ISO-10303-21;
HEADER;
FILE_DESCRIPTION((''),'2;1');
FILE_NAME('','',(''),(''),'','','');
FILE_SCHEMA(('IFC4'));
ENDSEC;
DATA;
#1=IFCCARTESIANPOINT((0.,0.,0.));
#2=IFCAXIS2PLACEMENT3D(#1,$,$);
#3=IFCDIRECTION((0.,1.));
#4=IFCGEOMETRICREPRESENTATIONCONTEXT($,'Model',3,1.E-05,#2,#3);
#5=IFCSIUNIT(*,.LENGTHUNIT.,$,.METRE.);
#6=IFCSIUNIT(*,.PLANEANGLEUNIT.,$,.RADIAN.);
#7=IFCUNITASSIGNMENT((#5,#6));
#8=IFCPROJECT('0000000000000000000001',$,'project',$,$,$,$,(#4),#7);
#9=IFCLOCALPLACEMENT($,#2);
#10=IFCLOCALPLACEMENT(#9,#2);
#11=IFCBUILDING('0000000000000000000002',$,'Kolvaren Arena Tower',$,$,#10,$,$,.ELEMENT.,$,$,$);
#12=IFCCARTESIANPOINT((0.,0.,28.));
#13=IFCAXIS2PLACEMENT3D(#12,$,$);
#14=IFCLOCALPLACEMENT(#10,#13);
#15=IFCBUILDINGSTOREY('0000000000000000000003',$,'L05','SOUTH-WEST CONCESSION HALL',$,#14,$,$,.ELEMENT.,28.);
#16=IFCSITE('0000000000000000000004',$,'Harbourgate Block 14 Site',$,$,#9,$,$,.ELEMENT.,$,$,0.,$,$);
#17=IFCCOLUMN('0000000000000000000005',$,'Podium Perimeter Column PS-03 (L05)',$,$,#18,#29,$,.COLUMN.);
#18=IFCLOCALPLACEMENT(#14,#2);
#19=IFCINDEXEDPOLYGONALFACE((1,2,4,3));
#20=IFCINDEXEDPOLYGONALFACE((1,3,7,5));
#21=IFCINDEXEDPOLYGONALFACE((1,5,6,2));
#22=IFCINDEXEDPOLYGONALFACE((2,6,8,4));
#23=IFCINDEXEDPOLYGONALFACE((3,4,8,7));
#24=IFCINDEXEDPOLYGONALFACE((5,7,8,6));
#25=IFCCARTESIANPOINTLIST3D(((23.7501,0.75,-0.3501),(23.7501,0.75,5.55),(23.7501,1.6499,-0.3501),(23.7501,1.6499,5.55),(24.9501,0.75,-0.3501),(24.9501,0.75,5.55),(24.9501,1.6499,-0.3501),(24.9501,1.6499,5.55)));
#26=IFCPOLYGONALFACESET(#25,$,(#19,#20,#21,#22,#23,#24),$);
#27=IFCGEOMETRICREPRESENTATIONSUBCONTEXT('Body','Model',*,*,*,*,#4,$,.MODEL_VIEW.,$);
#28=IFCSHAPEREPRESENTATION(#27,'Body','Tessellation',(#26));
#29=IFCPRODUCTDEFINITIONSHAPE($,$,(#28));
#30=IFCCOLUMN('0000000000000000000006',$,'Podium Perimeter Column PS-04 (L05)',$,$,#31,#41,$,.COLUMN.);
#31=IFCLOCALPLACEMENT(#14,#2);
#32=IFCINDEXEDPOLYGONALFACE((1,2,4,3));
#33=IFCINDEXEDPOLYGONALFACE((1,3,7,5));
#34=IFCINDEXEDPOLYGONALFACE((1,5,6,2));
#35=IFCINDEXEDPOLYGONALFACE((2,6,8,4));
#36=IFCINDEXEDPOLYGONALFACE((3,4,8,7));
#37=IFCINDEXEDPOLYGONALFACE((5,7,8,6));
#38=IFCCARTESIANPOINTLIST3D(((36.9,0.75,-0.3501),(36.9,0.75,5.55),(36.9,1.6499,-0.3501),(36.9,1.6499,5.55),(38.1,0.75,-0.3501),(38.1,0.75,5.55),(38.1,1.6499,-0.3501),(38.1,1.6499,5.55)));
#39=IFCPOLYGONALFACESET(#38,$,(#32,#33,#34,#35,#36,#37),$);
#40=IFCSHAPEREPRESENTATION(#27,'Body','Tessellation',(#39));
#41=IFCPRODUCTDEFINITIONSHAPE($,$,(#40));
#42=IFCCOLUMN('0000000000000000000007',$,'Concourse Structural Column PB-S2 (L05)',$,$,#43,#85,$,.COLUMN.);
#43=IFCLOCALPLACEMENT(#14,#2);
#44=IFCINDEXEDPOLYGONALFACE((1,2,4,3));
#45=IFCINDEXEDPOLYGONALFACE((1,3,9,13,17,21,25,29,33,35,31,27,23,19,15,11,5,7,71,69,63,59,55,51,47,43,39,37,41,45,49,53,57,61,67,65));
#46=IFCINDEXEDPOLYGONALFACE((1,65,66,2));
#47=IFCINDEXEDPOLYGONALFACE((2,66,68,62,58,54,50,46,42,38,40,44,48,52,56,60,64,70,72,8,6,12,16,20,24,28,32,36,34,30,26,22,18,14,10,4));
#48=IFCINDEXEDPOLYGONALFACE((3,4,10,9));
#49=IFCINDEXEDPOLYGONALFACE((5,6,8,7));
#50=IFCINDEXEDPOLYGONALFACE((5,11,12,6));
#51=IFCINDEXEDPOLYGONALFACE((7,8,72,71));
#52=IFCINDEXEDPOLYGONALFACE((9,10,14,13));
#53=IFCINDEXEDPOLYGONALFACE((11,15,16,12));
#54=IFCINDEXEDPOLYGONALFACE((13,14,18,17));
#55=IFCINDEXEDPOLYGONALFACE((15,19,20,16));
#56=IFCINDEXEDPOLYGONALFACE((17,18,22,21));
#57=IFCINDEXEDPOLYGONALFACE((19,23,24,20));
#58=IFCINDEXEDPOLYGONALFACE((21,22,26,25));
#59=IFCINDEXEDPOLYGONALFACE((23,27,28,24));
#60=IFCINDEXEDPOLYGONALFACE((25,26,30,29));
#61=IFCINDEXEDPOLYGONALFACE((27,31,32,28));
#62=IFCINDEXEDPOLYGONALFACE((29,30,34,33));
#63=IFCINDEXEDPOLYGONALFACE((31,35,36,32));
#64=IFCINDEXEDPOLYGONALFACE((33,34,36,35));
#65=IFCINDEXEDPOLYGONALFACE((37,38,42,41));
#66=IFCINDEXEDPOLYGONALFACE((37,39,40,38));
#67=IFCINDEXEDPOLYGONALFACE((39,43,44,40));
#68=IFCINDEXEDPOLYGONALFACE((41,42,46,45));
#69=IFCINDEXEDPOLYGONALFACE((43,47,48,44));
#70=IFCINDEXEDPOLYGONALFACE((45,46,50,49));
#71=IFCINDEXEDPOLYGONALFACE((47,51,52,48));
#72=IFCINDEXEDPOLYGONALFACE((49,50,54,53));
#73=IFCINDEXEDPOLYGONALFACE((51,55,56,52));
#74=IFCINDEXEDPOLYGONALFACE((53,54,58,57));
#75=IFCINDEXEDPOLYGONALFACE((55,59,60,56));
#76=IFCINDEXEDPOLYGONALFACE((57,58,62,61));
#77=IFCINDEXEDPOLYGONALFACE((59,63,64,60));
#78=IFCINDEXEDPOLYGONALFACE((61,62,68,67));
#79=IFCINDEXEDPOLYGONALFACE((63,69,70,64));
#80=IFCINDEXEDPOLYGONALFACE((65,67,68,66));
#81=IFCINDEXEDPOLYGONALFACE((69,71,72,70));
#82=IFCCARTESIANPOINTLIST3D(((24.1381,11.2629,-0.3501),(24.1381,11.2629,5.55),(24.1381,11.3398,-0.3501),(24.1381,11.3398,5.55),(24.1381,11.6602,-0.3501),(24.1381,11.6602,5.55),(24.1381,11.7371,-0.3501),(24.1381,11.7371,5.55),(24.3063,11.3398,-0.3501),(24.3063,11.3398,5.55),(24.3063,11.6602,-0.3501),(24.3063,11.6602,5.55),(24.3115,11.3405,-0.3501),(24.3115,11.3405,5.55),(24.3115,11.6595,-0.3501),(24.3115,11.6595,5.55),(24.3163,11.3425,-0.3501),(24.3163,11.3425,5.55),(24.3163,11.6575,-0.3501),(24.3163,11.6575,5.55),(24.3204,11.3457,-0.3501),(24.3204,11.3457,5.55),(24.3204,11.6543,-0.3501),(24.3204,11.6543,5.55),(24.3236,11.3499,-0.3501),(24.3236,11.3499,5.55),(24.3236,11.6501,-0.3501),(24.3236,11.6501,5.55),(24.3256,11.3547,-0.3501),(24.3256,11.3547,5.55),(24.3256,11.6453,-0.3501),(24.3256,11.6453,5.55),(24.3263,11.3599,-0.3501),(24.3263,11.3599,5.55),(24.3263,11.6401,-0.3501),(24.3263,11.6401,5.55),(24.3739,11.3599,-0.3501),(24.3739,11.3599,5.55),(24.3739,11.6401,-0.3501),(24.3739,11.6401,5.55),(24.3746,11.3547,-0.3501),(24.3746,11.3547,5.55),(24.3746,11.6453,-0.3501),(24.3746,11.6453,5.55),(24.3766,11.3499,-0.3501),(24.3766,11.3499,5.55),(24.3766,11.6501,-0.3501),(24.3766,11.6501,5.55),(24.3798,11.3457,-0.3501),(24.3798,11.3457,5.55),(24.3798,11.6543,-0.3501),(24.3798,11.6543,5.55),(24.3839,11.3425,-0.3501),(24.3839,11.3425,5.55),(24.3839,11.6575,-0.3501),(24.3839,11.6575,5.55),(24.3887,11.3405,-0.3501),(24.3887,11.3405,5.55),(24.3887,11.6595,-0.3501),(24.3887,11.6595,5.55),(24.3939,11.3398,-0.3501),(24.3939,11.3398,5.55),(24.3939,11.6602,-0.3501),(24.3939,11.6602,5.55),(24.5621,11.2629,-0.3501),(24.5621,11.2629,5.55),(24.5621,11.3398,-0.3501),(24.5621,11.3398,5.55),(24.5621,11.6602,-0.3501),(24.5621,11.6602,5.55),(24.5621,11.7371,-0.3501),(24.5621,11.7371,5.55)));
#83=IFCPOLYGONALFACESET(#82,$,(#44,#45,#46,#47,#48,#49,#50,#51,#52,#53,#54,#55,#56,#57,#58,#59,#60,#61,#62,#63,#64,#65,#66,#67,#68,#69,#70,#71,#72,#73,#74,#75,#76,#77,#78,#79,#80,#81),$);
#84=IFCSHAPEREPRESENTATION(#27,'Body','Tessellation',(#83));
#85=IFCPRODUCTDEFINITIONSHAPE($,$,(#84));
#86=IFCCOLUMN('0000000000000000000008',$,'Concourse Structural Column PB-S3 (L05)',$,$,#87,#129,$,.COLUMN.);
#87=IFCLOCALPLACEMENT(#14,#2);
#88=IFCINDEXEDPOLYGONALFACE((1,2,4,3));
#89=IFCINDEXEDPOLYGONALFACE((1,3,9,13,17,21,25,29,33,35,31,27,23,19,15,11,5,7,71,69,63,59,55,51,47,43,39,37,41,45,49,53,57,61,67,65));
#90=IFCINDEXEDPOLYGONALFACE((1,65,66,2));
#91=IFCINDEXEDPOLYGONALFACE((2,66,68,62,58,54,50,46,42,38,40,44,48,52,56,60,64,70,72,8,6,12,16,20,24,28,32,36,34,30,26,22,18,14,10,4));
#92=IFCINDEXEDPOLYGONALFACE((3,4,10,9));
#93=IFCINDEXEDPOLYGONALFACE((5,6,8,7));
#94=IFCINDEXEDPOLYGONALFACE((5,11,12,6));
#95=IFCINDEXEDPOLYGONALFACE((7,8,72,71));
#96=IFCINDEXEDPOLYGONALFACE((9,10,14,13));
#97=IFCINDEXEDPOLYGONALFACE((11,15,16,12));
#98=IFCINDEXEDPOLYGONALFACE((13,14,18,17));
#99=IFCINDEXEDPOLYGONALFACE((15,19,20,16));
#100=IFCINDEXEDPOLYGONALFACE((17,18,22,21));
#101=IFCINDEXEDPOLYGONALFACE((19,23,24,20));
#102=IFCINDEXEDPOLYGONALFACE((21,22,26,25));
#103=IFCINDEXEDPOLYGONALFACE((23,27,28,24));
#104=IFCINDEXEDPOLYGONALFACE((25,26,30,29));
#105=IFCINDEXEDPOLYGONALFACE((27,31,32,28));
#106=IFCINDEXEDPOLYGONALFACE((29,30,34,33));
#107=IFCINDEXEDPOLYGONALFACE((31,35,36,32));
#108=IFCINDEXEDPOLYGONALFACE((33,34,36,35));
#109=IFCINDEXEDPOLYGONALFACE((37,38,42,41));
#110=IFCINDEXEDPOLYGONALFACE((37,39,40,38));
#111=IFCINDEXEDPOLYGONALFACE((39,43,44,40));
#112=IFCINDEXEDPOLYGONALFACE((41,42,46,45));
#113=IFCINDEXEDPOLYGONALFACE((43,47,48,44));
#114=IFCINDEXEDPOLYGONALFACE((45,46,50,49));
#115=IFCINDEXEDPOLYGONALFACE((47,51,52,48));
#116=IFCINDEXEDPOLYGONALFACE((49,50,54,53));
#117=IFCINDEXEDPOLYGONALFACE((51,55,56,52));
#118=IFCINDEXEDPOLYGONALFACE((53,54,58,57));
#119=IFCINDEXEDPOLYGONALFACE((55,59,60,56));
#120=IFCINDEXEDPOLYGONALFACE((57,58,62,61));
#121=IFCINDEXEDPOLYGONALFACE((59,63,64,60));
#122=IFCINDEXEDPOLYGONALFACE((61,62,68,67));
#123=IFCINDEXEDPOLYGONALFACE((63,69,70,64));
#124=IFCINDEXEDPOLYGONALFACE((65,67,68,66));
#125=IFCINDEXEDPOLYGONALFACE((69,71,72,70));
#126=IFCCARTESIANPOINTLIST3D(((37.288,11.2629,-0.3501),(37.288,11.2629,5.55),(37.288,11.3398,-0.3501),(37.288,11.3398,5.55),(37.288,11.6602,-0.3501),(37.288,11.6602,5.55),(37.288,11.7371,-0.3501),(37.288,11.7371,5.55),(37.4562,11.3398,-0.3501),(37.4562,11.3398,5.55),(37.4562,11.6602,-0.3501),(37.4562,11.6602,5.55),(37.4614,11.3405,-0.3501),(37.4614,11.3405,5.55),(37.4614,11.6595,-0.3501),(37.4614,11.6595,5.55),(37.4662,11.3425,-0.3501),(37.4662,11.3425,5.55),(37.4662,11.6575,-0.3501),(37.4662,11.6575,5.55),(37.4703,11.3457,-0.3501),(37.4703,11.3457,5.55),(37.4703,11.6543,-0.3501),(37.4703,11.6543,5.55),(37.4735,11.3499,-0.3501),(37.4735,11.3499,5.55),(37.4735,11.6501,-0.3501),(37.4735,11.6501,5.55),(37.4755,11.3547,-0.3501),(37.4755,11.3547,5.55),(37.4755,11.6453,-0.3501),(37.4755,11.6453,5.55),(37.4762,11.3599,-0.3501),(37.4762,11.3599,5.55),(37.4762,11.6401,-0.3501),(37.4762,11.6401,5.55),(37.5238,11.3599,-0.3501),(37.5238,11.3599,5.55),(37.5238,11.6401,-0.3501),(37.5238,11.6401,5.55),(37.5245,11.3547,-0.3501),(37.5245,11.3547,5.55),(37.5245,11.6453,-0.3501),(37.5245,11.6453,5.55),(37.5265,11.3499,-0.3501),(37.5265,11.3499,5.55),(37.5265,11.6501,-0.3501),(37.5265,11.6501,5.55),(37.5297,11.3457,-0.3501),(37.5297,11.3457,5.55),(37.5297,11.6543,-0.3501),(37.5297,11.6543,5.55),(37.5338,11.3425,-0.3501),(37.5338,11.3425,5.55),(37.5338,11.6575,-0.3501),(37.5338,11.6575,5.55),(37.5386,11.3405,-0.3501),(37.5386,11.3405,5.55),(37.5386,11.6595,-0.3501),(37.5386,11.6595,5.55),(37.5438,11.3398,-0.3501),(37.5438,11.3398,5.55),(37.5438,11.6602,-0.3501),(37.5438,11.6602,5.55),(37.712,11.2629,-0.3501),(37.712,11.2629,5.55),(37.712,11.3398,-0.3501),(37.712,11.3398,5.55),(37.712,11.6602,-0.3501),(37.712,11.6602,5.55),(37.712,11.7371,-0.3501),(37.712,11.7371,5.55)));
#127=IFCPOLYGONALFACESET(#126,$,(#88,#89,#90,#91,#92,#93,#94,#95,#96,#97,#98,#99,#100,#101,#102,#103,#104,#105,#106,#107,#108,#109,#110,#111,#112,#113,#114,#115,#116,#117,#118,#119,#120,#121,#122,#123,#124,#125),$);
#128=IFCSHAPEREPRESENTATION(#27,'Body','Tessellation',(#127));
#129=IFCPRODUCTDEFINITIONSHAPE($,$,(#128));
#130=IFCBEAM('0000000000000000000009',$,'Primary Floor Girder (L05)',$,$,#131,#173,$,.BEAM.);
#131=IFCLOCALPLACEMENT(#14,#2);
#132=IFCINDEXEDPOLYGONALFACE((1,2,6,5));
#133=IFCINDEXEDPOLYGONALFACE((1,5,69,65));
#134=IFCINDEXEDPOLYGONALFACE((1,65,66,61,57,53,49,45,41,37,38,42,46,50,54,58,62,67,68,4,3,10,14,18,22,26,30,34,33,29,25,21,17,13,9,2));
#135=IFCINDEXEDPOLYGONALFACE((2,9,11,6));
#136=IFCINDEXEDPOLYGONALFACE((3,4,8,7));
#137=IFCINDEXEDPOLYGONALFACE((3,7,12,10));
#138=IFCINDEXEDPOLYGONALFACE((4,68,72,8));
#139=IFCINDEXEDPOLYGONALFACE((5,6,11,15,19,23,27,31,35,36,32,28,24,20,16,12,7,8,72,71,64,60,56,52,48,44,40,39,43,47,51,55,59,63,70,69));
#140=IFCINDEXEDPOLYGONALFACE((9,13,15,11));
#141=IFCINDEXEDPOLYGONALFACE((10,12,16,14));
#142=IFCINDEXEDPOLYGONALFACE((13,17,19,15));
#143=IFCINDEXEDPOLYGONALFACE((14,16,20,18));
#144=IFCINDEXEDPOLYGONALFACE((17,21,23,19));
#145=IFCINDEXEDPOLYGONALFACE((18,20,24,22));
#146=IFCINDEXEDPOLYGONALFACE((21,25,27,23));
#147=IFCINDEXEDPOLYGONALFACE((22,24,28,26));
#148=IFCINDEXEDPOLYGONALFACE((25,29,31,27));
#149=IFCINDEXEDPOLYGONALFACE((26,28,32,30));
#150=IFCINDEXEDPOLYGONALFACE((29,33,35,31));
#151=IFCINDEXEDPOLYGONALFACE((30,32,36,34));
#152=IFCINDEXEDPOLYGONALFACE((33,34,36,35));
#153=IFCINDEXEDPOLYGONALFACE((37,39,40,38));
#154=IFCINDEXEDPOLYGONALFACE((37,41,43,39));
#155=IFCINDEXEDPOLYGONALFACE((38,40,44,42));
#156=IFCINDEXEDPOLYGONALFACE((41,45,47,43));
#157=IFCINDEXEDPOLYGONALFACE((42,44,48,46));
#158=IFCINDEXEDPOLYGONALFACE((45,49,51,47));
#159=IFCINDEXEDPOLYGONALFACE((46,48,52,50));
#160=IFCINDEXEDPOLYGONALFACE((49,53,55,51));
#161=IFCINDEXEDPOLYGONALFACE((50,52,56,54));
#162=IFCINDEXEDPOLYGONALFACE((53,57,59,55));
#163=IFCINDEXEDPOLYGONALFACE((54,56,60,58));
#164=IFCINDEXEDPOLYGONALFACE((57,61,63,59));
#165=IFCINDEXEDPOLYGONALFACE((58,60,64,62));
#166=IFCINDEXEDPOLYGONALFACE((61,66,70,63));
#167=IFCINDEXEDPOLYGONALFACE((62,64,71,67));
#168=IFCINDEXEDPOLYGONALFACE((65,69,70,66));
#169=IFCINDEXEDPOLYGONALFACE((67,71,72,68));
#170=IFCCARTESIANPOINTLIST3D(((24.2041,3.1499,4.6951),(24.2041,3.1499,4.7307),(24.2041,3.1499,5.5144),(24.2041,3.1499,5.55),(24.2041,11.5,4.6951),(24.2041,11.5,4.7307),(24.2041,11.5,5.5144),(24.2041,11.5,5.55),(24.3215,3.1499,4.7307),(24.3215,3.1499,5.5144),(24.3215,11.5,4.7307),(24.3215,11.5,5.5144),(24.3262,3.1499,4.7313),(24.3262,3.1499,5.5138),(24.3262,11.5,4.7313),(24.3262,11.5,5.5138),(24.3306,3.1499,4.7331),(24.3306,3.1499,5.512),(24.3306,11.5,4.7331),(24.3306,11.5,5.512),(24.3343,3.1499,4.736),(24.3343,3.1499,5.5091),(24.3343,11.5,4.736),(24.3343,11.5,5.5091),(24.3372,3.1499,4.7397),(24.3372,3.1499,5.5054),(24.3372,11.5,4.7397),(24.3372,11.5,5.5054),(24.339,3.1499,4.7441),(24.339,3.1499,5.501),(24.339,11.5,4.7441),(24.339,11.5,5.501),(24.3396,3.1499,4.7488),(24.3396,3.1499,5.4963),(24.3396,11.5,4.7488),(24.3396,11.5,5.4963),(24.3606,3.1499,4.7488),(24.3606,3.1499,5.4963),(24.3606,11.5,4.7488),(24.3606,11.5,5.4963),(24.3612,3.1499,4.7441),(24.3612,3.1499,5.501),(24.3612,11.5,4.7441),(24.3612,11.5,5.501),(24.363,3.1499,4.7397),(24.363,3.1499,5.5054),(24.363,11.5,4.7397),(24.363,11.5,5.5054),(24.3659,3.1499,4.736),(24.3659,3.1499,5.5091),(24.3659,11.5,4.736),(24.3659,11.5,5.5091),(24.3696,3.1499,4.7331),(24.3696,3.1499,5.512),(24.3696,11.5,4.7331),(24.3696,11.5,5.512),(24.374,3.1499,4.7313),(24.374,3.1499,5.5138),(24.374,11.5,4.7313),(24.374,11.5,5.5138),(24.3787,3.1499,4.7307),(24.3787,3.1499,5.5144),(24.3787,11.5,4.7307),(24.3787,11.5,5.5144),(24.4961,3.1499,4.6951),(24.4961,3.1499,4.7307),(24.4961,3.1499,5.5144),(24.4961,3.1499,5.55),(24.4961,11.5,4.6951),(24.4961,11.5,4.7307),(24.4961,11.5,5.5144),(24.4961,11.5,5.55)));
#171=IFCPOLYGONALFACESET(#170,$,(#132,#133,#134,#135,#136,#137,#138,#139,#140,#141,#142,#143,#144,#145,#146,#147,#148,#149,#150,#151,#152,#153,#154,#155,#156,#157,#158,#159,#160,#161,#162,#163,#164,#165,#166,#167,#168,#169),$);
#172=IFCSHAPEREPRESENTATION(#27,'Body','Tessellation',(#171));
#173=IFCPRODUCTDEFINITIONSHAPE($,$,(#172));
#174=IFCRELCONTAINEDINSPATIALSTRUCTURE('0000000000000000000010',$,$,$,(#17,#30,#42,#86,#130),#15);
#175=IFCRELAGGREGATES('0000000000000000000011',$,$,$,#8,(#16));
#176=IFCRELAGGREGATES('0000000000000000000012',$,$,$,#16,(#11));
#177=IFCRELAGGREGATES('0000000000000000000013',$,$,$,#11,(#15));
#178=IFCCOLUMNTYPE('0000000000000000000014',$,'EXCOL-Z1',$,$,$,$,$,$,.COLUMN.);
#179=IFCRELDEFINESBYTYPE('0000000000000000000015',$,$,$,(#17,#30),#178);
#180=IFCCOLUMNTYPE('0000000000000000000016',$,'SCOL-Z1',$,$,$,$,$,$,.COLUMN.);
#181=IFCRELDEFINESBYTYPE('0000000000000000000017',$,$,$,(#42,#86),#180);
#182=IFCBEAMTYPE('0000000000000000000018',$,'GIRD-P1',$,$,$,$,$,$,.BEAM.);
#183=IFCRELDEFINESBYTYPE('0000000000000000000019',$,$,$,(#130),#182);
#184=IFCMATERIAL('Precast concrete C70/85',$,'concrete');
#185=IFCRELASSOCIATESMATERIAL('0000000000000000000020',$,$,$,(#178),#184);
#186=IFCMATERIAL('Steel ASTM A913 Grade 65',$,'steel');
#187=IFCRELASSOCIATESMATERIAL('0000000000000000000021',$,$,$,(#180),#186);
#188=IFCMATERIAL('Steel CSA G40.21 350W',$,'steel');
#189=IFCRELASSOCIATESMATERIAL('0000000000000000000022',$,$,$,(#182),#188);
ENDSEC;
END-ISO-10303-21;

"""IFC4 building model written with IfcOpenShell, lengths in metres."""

from ifc_helpers import new_model, si_unit, direction, frame, origin, origin_2d, place, context, subcontext, project, spatial, rectangle, i_section, extrude, material, material_profile, profile_set, type_object, element, save


model = new_model("IFC4")

# Units and contexts
model_context = context("Model", 3, precision=1e-05, world=origin(), true_north=direction((0.0, 1.0)))
body_context = subcontext(model_context, "Body", "Model", "MODEL_VIEW")
ifc_project = project(units=[si_unit("LENGTHUNIT", "METRE"), si_unit("PLANEANGLEUNIT", "RADIAN")], contexts=[model_context])

# Site, building, storey
site_placement = place(None, origin())
site = spatial("IfcSite", under=ifc_project, at=site_placement, Name="Harbourgate Block 14 Site", CompositionType="ELEMENT", RefElevation=0.0)
building_placement = place(site_placement, origin())
building = spatial("IfcBuilding", under=site, at=building_placement, Name="Kolvaren Arena Tower", CompositionType="ELEMENT")
storey_placement = place(building_placement, frame((0.0, 0.0, 28.0)))
storey = spatial("IfcBuildingStorey", under=building, at=storey_placement, Name="L05", Description="SOUTH-WEST CONCESSION HALL", CompositionType="ELEMENT", Elevation=28.0)

# Columns
ifc_material_1 = material(Name="Precast concrete C70/85", Category="concrete")
ifc_material_profile_1 = material_profile(ifc_material_1, rectangle(XDim=1.2, YDim=0.8999, at=origin_2d()), Name="RC-1200x900")
ifc_profile_set_1 = profile_set([ifc_material_profile_1], Name="Precast concrete C70/85")
column_type_1 = type_object("IfcColumnType", Name="EXCOL-Z1", PredefinedType="COLUMN", material=ifc_profile_set_1)
for number, where, z_axis, x_axis, name in (
    (1, (24.3501, 1.2, -0.3501), (0.0, 0.0, 1.0), (1.0, 0.0, 0.0), "Podium Perimeter Column PS-03 (L05)"),
    (2, (37.5, 1.2, -0.3501), (0.0, 0.0, 1.0), (1.0, 0.0, 0.0), "Podium Perimeter Column PS-04 (L05)"),
):
    element("IfcColumn", number, at=place(storey_placement, frame(where, z_axis=z_axis, x_axis=x_axis)), inside=storey, type_object=column_type_1, Name=name, PredefinedType="COLUMN", context=body_context, shape_type="SweptSolid", body=[
        extrude(rectangle(XDim=1.2, YDim=0.8999, at=origin_2d()), origin(), (0.0, 0.0, 1.0), 5.9001),
    ])
ifc_material_2 = material(Name="Steel ASTM A913 Grade 65", Category="steel")
ifc_material_profile_2 = material_profile(ifc_material_2, i_section(OverallWidth=0.4241, OverallDepth=0.4741, WebThickness=0.0476, FlangeThickness=0.0769, FilletRadius=0.02, at=origin_2d()), Name="W360x634")
ifc_profile_set_2 = profile_set([ifc_material_profile_2], Name="Steel ASTM A913 Grade 65")
column_type_2 = type_object("IfcColumnType", Name="SCOL-Z1", PredefinedType="COLUMN", material=ifc_profile_set_2)
for number, where, z_axis, x_axis, name in (
    (3, (24.3501, 11.5, -0.3501), (0.0, 0.0, 1.0), (1.0, 0.0, 0.0), "Concourse Structural Column PB-S2 (L05)"),
    (4, (37.5, 11.5, -0.3501), (0.0, 0.0, 1.0), (1.0, 0.0, 0.0), "Concourse Structural Column PB-S3 (L05)"),
):
    element("IfcColumn", number, at=place(storey_placement, frame(where, z_axis=z_axis, x_axis=x_axis)), inside=storey, type_object=column_type_2, Name=name, PredefinedType="COLUMN", context=body_context, shape_type="SweptSolid", body=[
        extrude(i_section(OverallWidth=0.4241, OverallDepth=0.4741, WebThickness=0.0476, FlangeThickness=0.0769, FilletRadius=0.02, at=origin_2d()), origin(), (0.0, 0.0, 1.0), 5.9001),
    ])

# Beam
ifc_material_3 = material(Name="Steel CSA G40.21 350W", Category="steel")
ifc_material_profile_3 = material_profile(ifc_material_3, i_section(OverallWidth=0.292, OverallDepth=0.855, WebThickness=0.021, FlangeThickness=0.0356, FilletRadius=0.0181, at=origin_2d()), Name="W840x299")
ifc_profile_set_3 = profile_set([ifc_material_profile_3], Name="Steel CSA G40.21 350W")
beam_type_1 = type_object("IfcBeamType", Name="GIRD-P1", PredefinedType="BEAM", material=ifc_profile_set_3)
beam_1_placement = place(storey_placement, frame((24.3501, 3.1499, 5.1226), z_axis=(0.0, 1.0, 0.0), x_axis=(-1.0, 0.0, 0.0)))
element("IfcBeam", 5, at=beam_1_placement, inside=storey, type_object=beam_type_1, Name="Primary Floor Girder (L05)", PredefinedType="BEAM", context=body_context, shape_type="SweptSolid", body=[
    extrude(i_section(OverallWidth=0.292, OverallDepth=0.855, WebThickness=0.021, FlangeThickness=0.0356, FilletRadius=0.0181, at=origin_2d()), origin(), (0.0, 0.0, 1.0), 8.3501),
])

save(model, "model.ifc")
